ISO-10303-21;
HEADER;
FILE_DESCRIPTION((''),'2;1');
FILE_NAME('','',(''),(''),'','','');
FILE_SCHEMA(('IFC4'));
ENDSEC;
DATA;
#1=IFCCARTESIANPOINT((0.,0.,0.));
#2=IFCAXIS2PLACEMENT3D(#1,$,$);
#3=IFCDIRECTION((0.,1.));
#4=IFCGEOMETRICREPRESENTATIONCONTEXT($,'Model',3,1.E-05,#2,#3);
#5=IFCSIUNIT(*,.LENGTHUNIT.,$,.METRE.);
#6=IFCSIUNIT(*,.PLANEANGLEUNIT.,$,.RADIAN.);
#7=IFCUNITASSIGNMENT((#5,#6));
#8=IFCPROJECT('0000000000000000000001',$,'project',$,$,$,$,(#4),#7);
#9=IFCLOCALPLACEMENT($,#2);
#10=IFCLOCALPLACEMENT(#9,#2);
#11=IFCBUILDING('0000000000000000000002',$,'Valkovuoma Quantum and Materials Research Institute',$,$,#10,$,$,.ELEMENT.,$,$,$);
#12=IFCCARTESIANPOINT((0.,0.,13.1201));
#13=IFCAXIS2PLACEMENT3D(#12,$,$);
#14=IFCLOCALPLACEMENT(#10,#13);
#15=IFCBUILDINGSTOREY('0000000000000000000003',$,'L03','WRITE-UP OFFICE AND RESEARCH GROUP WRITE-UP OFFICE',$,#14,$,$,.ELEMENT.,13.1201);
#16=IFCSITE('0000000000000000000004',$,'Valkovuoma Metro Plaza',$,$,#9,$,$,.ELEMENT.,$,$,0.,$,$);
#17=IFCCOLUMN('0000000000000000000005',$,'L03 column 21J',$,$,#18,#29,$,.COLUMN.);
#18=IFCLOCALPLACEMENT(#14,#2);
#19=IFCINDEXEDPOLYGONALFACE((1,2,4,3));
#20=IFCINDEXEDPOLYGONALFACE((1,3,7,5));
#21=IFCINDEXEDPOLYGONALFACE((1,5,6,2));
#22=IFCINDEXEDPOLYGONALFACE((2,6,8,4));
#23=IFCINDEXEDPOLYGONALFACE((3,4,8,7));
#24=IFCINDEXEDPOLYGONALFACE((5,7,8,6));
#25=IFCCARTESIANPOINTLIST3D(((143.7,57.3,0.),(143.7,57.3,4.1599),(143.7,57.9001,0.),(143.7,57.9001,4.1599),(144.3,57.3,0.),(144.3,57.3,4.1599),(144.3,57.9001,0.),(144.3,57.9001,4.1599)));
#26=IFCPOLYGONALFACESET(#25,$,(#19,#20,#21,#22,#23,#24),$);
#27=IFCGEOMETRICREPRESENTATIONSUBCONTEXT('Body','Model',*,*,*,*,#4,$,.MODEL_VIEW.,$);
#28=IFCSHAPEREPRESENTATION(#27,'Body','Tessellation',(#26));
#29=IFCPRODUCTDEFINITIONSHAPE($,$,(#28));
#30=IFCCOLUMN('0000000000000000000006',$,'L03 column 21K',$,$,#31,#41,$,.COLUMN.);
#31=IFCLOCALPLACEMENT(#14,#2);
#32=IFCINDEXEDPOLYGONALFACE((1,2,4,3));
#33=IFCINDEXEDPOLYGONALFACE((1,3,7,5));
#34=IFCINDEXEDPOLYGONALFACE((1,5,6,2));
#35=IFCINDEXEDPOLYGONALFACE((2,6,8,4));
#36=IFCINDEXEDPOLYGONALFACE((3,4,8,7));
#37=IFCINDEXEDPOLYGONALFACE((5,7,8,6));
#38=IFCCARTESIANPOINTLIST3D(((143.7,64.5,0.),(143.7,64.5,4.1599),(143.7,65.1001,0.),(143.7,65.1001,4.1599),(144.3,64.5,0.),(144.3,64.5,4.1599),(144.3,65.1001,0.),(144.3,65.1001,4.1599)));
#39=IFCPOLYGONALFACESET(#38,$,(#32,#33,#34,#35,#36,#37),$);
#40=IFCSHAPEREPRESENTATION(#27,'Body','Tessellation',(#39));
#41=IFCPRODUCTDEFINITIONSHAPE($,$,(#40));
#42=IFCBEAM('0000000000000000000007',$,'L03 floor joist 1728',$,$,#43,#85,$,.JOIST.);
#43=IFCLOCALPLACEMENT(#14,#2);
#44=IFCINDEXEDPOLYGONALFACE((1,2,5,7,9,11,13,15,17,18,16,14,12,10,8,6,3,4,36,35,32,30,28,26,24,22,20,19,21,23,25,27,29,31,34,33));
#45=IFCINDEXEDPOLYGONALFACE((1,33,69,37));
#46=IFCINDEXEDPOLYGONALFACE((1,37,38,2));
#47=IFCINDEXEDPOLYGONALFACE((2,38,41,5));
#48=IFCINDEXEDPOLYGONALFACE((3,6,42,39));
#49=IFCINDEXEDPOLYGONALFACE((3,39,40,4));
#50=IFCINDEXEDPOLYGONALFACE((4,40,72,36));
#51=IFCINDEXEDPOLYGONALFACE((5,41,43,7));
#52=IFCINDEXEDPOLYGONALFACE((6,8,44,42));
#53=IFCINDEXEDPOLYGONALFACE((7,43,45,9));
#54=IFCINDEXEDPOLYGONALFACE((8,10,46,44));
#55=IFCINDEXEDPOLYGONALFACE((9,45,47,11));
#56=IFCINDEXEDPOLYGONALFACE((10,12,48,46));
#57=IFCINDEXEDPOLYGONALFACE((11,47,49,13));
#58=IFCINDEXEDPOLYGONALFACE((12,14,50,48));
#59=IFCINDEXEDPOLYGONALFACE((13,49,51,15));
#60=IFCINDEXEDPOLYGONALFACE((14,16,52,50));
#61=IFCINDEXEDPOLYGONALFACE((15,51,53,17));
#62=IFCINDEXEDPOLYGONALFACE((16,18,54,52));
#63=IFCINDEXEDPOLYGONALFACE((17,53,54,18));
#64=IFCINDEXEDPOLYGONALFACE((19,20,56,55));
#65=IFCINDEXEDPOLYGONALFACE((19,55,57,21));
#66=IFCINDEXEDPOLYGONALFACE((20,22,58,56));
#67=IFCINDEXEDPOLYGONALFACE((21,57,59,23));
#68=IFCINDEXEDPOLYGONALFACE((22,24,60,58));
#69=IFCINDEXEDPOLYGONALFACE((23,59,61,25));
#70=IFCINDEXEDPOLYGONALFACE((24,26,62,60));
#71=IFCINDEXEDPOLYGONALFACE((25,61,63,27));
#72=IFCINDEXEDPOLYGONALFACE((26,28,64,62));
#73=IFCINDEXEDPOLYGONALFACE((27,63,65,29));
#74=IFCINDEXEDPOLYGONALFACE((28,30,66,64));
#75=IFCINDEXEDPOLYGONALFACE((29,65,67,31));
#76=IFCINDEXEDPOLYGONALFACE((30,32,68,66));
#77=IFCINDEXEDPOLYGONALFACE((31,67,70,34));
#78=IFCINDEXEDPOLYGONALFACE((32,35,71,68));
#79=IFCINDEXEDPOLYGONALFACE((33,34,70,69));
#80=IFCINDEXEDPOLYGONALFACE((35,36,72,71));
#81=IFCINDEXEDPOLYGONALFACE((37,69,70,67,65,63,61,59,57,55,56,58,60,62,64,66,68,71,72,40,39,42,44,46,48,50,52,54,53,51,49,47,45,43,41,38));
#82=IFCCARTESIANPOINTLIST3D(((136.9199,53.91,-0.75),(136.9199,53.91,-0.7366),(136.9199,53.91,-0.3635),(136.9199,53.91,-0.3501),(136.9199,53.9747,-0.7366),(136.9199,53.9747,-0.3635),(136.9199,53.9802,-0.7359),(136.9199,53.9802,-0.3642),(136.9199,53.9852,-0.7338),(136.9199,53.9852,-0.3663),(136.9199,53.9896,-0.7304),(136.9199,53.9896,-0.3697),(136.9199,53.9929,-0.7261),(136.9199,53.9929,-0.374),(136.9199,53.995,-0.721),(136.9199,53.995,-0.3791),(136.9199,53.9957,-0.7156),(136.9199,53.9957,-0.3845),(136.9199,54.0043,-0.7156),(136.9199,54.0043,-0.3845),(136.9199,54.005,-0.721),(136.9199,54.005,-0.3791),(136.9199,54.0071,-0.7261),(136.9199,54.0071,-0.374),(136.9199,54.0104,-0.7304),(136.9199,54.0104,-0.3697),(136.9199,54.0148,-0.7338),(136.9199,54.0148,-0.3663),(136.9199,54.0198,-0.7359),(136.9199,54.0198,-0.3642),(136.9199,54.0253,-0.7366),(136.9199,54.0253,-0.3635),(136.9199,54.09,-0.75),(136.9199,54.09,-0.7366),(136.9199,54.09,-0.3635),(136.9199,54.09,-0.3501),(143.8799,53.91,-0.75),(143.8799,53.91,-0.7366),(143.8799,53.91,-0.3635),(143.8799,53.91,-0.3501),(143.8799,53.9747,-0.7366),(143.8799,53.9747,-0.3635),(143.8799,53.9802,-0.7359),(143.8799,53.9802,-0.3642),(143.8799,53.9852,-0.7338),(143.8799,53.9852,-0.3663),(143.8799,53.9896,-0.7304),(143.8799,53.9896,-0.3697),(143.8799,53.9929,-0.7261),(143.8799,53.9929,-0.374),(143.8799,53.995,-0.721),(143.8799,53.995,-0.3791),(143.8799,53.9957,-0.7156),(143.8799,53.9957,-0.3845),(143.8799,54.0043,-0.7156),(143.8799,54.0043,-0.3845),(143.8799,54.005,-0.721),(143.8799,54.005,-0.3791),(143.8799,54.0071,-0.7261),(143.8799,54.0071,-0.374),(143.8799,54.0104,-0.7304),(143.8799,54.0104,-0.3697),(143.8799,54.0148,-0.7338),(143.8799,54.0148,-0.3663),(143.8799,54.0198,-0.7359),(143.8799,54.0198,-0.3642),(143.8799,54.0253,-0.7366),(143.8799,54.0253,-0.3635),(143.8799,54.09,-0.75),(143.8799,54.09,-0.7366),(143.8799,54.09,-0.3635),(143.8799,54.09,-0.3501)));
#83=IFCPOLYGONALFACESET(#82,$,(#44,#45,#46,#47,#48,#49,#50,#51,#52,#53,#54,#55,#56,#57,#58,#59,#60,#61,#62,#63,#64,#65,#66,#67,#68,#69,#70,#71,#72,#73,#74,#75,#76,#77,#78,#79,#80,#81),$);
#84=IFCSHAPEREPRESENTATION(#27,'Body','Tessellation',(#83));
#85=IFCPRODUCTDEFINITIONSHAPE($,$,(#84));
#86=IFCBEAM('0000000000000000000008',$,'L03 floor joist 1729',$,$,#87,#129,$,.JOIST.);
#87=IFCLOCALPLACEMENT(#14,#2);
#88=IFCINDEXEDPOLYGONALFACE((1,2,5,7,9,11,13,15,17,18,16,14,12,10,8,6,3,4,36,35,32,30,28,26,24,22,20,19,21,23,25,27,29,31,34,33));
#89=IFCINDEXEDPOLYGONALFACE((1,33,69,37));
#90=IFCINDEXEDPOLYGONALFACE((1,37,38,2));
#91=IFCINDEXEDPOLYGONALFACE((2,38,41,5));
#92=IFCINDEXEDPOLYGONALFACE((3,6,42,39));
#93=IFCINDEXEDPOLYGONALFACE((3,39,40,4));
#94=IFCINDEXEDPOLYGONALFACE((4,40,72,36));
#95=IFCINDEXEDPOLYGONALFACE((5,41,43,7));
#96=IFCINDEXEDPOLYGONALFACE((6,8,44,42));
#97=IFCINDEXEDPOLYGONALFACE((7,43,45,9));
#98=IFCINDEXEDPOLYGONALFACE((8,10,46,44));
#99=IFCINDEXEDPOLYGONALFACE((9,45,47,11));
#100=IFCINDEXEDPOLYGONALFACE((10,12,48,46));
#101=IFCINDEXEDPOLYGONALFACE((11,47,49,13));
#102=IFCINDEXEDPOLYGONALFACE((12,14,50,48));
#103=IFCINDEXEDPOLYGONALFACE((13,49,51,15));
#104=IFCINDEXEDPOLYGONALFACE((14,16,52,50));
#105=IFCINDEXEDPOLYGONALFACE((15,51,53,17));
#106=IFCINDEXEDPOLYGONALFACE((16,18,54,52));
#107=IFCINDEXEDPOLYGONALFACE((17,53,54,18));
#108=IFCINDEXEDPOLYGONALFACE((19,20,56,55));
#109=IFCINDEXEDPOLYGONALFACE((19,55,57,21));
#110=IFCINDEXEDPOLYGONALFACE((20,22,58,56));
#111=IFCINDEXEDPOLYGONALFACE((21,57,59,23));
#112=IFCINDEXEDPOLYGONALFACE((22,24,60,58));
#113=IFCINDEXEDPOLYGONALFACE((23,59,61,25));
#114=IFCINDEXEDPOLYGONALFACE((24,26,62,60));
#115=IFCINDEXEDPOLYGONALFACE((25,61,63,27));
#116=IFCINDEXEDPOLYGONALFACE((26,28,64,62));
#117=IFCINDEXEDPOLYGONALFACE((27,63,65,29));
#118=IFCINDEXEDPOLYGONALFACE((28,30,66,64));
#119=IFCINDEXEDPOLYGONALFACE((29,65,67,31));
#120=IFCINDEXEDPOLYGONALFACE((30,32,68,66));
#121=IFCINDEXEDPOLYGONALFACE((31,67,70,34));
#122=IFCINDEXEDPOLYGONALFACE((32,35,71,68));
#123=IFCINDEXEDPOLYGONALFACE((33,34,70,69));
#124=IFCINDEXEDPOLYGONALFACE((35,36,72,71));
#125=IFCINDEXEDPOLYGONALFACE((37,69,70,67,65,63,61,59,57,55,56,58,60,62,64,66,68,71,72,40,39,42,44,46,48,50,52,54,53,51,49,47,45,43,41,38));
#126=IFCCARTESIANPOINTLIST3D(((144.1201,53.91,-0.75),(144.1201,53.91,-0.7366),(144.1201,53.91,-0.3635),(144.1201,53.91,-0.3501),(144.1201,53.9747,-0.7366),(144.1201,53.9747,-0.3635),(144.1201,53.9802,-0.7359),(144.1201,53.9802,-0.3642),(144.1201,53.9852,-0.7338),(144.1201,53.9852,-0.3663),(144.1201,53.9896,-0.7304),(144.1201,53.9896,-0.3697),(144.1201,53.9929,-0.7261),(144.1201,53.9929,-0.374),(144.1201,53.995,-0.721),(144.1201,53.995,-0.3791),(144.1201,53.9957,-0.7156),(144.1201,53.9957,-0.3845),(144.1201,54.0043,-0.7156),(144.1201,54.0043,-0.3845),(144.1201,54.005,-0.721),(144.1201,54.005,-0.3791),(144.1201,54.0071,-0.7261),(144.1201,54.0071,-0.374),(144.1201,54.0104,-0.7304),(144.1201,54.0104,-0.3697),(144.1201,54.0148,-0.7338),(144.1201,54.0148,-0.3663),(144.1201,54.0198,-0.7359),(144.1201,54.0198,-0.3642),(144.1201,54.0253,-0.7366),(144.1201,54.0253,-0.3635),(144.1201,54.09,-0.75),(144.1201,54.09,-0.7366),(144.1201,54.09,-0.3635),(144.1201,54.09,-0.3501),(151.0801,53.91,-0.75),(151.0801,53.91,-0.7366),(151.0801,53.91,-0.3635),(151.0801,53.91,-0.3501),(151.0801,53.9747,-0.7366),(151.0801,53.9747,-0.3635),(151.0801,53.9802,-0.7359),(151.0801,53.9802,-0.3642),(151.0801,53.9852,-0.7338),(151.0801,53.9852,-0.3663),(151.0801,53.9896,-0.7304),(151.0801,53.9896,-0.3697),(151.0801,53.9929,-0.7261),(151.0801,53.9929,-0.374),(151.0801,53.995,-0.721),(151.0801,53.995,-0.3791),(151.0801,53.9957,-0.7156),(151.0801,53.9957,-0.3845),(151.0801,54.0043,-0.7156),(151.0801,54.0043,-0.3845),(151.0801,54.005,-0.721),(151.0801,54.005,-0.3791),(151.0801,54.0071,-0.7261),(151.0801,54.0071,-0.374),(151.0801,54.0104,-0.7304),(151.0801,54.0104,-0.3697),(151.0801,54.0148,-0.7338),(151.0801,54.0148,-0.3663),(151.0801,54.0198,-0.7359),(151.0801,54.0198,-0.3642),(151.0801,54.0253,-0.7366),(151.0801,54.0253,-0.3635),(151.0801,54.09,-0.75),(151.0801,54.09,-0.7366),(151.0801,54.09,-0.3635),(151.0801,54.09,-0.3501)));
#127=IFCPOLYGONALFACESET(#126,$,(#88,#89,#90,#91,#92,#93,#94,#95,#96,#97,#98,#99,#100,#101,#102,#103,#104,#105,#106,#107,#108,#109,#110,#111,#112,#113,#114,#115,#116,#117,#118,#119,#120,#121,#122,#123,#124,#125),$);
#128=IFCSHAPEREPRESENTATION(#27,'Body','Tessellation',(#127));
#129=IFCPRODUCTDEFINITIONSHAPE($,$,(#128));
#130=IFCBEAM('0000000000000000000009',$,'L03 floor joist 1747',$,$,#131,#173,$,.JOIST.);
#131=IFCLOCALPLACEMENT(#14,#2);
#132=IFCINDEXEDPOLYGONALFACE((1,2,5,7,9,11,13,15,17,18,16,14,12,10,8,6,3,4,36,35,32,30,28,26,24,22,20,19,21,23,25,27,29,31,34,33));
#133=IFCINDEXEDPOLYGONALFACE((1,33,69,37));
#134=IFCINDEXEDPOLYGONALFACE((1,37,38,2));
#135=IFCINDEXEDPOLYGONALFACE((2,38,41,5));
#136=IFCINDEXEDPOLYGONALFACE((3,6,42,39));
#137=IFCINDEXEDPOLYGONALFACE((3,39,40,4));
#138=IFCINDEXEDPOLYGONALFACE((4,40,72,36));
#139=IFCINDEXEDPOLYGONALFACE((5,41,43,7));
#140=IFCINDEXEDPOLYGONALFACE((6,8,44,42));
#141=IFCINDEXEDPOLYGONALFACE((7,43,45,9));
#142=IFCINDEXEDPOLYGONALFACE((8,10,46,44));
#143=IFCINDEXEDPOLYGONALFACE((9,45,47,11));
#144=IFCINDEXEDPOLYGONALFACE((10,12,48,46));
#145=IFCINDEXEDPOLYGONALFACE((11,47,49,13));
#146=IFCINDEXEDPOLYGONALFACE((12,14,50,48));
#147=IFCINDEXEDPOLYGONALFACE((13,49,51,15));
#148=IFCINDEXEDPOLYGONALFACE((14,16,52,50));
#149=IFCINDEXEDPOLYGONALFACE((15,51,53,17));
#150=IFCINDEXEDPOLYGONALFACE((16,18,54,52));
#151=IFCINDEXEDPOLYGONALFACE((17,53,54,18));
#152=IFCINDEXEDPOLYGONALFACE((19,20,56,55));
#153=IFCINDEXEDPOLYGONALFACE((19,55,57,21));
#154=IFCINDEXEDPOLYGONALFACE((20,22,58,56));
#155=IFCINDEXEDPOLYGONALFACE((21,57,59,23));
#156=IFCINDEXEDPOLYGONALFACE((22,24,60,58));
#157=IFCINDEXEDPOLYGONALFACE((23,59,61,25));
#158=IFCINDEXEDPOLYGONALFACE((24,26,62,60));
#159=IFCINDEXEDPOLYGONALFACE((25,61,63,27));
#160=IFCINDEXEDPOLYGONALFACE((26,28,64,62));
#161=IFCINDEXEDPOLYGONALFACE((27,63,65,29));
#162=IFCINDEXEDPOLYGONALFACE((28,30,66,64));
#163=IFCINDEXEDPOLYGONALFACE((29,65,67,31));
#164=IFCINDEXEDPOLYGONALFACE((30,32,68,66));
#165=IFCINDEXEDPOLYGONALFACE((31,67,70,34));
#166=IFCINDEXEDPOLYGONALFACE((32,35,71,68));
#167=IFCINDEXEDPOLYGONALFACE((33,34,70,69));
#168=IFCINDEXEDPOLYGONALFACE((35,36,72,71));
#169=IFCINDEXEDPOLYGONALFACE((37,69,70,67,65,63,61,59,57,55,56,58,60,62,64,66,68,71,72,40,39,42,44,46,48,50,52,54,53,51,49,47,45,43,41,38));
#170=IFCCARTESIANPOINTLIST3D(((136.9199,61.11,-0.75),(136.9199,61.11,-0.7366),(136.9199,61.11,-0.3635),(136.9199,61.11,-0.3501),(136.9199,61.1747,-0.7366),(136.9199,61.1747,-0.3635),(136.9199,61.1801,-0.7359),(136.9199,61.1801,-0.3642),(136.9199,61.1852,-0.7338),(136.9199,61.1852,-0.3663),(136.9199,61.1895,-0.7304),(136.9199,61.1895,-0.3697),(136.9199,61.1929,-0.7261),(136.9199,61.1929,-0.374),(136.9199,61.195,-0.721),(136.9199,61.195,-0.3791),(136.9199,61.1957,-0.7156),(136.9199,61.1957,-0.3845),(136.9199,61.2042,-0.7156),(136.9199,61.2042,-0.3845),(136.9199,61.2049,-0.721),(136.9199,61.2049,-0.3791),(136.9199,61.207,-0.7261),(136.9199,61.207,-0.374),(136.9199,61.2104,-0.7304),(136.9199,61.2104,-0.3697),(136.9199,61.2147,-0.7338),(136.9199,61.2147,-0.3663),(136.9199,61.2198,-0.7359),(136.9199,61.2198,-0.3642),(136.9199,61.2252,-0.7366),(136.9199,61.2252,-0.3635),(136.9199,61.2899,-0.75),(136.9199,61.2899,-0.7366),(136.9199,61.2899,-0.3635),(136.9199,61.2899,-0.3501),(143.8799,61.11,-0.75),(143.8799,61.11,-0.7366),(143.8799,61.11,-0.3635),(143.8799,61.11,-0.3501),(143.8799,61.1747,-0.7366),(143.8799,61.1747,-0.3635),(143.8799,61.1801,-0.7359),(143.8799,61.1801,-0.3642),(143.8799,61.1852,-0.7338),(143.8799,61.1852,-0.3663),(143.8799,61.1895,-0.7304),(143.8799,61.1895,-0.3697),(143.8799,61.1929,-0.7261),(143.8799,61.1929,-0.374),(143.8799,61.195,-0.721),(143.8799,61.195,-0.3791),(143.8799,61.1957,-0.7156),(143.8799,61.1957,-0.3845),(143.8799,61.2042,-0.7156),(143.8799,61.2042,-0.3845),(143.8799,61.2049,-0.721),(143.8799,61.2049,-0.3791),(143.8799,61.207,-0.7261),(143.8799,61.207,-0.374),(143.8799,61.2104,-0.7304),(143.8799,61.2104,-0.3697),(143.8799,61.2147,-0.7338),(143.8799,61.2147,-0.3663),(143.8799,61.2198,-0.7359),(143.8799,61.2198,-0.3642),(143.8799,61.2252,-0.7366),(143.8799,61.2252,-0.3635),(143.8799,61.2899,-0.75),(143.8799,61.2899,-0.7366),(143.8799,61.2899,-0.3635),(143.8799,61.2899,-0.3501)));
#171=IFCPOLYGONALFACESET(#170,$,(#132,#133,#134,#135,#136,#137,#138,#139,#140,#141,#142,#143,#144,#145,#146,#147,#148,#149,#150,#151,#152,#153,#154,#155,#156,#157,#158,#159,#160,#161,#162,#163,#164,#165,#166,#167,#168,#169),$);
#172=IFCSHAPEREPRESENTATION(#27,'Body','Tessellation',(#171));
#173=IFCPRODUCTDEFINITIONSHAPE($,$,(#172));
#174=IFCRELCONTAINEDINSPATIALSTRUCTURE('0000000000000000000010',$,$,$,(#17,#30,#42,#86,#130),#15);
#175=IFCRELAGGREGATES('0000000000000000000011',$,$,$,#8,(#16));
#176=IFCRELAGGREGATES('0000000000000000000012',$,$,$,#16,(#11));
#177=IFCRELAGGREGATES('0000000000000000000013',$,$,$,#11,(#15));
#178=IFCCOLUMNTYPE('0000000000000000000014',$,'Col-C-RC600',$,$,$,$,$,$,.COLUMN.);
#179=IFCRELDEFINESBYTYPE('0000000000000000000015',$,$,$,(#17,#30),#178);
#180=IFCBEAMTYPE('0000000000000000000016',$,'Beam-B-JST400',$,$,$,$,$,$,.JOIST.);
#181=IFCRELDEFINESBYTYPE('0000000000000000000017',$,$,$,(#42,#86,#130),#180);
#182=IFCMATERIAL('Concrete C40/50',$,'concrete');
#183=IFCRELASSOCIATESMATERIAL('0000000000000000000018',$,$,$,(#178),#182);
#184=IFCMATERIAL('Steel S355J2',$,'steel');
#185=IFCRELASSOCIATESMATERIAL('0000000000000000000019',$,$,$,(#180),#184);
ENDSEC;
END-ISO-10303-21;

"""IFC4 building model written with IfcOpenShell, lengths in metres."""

from ifc_helpers import new_model, si_unit, direction, frame, origin, origin_2d, place, context, subcontext, project, spatial, rectangle, i_section, extrude, material, material_profile, profile_set, type_object, element, save


model = new_model("IFC4")

# Units and contexts
model_context = context("Model", 3, precision=1e-05, world=origin(), true_north=direction((0.0, 1.0)))
body_context = subcontext(model_context, "Body", "Model", "MODEL_VIEW")
ifc_project = project(units=[si_unit("LENGTHUNIT", "METRE"), si_unit("PLANEANGLEUNIT", "RADIAN")], contexts=[model_context])

# Site, building, storey
site_placement = place(None, origin())
site = spatial("IfcSite", under=ifc_project, at=site_placement, Name="Valkovuoma Metro Plaza", CompositionType="ELEMENT", RefElevation=0.0)
building_placement = place(site_placement, origin())
building = spatial("IfcBuilding", under=site, at=building_placement, Name="Valkovuoma Quantum and Materials Research Institute", CompositionType="ELEMENT")
storey_placement = place(building_placement, frame((0.0, 0.0, 13.1201)))
storey = spatial("IfcBuildingStorey", under=building, at=storey_placement, Name="L03", Description="WRITE-UP OFFICE AND RESEARCH GROUP WRITE-UP OFFICE", CompositionType="ELEMENT", Elevation=13.1201)

# Columns
ifc_material_1 = material(Name="Concrete C40/50", Category="concrete")
ifc_material_profile_1 = material_profile(ifc_material_1, rectangle(XDim=0.6001, YDim=0.6001, at=origin_2d()), Name="Concrete C40/50")
ifc_profile_set_1 = profile_set([ifc_material_profile_1], Name="Concrete C40/50")
column_type = type_object("IfcColumnType", Name="Col-C-RC600", PredefinedType="COLUMN", material=ifc_profile_set_1)
for number, where, z_axis, x_axis, name in (
    (1, (144.0, 57.6001, 0.0), (0.0, 0.0, 1.0), (1.0, 0.0, 0.0), "L03 column 21J"),
    (2, (144.0, 64.8, 0.0), (0.0, 0.0, 1.0), (1.0, 0.0, 0.0), "L03 column 21K"),
):
    element("IfcColumn", number, at=place(storey_placement, frame(where, z_axis=z_axis, x_axis=x_axis)), inside=storey, type_object=column_type, Name=name, PredefinedType="COLUMN", context=body_context, shape_type="SweptSolid", body=[
        extrude(rectangle(XDim=0.6001, YDim=0.6001, at=origin_2d()), origin(), (0.0, 0.0, 1.0), 4.1599),
    ])

# Beams
ifc_material_2 = material(Name="Steel S355J2", Category="steel")
ifc_material_profile_2 = material_profile(ifc_material_2, i_section(OverallWidth=0.1799, OverallDepth=0.3999, WebThickness=0.0085, FlangeThickness=0.0134, FilletRadius=0.021, at=origin_2d()), Name="Steel S355J2")
ifc_profile_set_2 = profile_set([ifc_material_profile_2], Name="Steel S355J2")
beam_type_1 = type_object("IfcBeamType", Name="Beam-B-JST400", PredefinedType="JOIST", material=ifc_profile_set_2)
for number, where, z_axis, x_axis, name in (
    (3, (136.9199, 54.0, -0.55), (1.0, 0.0, 0.0), (0.0, 1.0, 0.0), "L03 floor joist 1728"),
    (4, (144.1201, 54.0, -0.55), (1.0, 0.0, 0.0), (0.0, 1.0, 0.0), "L03 floor joist 1729"),
    (5, (136.9199, 61.2, -0.55), (1.0, 0.0, 0.0), (0.0, 1.0, 0.0), "L03 floor joist 1747"),
):
    element("IfcBeam", number, at=place(storey_placement, frame(where, z_axis=z_axis, x_axis=x_axis)), inside=storey, type_object=beam_type_1, Name=name, PredefinedType="JOIST", context=body_context, shape_type="SweptSolid", body=[
        extrude(i_section(OverallWidth=0.1799, OverallDepth=0.3999, WebThickness=0.0085, FlangeThickness=0.0134, FilletRadius=0.021, at=origin_2d()), origin(), (0.0, 0.0, 1.0), 6.96),
    ])

save(model, "model.ifc")
